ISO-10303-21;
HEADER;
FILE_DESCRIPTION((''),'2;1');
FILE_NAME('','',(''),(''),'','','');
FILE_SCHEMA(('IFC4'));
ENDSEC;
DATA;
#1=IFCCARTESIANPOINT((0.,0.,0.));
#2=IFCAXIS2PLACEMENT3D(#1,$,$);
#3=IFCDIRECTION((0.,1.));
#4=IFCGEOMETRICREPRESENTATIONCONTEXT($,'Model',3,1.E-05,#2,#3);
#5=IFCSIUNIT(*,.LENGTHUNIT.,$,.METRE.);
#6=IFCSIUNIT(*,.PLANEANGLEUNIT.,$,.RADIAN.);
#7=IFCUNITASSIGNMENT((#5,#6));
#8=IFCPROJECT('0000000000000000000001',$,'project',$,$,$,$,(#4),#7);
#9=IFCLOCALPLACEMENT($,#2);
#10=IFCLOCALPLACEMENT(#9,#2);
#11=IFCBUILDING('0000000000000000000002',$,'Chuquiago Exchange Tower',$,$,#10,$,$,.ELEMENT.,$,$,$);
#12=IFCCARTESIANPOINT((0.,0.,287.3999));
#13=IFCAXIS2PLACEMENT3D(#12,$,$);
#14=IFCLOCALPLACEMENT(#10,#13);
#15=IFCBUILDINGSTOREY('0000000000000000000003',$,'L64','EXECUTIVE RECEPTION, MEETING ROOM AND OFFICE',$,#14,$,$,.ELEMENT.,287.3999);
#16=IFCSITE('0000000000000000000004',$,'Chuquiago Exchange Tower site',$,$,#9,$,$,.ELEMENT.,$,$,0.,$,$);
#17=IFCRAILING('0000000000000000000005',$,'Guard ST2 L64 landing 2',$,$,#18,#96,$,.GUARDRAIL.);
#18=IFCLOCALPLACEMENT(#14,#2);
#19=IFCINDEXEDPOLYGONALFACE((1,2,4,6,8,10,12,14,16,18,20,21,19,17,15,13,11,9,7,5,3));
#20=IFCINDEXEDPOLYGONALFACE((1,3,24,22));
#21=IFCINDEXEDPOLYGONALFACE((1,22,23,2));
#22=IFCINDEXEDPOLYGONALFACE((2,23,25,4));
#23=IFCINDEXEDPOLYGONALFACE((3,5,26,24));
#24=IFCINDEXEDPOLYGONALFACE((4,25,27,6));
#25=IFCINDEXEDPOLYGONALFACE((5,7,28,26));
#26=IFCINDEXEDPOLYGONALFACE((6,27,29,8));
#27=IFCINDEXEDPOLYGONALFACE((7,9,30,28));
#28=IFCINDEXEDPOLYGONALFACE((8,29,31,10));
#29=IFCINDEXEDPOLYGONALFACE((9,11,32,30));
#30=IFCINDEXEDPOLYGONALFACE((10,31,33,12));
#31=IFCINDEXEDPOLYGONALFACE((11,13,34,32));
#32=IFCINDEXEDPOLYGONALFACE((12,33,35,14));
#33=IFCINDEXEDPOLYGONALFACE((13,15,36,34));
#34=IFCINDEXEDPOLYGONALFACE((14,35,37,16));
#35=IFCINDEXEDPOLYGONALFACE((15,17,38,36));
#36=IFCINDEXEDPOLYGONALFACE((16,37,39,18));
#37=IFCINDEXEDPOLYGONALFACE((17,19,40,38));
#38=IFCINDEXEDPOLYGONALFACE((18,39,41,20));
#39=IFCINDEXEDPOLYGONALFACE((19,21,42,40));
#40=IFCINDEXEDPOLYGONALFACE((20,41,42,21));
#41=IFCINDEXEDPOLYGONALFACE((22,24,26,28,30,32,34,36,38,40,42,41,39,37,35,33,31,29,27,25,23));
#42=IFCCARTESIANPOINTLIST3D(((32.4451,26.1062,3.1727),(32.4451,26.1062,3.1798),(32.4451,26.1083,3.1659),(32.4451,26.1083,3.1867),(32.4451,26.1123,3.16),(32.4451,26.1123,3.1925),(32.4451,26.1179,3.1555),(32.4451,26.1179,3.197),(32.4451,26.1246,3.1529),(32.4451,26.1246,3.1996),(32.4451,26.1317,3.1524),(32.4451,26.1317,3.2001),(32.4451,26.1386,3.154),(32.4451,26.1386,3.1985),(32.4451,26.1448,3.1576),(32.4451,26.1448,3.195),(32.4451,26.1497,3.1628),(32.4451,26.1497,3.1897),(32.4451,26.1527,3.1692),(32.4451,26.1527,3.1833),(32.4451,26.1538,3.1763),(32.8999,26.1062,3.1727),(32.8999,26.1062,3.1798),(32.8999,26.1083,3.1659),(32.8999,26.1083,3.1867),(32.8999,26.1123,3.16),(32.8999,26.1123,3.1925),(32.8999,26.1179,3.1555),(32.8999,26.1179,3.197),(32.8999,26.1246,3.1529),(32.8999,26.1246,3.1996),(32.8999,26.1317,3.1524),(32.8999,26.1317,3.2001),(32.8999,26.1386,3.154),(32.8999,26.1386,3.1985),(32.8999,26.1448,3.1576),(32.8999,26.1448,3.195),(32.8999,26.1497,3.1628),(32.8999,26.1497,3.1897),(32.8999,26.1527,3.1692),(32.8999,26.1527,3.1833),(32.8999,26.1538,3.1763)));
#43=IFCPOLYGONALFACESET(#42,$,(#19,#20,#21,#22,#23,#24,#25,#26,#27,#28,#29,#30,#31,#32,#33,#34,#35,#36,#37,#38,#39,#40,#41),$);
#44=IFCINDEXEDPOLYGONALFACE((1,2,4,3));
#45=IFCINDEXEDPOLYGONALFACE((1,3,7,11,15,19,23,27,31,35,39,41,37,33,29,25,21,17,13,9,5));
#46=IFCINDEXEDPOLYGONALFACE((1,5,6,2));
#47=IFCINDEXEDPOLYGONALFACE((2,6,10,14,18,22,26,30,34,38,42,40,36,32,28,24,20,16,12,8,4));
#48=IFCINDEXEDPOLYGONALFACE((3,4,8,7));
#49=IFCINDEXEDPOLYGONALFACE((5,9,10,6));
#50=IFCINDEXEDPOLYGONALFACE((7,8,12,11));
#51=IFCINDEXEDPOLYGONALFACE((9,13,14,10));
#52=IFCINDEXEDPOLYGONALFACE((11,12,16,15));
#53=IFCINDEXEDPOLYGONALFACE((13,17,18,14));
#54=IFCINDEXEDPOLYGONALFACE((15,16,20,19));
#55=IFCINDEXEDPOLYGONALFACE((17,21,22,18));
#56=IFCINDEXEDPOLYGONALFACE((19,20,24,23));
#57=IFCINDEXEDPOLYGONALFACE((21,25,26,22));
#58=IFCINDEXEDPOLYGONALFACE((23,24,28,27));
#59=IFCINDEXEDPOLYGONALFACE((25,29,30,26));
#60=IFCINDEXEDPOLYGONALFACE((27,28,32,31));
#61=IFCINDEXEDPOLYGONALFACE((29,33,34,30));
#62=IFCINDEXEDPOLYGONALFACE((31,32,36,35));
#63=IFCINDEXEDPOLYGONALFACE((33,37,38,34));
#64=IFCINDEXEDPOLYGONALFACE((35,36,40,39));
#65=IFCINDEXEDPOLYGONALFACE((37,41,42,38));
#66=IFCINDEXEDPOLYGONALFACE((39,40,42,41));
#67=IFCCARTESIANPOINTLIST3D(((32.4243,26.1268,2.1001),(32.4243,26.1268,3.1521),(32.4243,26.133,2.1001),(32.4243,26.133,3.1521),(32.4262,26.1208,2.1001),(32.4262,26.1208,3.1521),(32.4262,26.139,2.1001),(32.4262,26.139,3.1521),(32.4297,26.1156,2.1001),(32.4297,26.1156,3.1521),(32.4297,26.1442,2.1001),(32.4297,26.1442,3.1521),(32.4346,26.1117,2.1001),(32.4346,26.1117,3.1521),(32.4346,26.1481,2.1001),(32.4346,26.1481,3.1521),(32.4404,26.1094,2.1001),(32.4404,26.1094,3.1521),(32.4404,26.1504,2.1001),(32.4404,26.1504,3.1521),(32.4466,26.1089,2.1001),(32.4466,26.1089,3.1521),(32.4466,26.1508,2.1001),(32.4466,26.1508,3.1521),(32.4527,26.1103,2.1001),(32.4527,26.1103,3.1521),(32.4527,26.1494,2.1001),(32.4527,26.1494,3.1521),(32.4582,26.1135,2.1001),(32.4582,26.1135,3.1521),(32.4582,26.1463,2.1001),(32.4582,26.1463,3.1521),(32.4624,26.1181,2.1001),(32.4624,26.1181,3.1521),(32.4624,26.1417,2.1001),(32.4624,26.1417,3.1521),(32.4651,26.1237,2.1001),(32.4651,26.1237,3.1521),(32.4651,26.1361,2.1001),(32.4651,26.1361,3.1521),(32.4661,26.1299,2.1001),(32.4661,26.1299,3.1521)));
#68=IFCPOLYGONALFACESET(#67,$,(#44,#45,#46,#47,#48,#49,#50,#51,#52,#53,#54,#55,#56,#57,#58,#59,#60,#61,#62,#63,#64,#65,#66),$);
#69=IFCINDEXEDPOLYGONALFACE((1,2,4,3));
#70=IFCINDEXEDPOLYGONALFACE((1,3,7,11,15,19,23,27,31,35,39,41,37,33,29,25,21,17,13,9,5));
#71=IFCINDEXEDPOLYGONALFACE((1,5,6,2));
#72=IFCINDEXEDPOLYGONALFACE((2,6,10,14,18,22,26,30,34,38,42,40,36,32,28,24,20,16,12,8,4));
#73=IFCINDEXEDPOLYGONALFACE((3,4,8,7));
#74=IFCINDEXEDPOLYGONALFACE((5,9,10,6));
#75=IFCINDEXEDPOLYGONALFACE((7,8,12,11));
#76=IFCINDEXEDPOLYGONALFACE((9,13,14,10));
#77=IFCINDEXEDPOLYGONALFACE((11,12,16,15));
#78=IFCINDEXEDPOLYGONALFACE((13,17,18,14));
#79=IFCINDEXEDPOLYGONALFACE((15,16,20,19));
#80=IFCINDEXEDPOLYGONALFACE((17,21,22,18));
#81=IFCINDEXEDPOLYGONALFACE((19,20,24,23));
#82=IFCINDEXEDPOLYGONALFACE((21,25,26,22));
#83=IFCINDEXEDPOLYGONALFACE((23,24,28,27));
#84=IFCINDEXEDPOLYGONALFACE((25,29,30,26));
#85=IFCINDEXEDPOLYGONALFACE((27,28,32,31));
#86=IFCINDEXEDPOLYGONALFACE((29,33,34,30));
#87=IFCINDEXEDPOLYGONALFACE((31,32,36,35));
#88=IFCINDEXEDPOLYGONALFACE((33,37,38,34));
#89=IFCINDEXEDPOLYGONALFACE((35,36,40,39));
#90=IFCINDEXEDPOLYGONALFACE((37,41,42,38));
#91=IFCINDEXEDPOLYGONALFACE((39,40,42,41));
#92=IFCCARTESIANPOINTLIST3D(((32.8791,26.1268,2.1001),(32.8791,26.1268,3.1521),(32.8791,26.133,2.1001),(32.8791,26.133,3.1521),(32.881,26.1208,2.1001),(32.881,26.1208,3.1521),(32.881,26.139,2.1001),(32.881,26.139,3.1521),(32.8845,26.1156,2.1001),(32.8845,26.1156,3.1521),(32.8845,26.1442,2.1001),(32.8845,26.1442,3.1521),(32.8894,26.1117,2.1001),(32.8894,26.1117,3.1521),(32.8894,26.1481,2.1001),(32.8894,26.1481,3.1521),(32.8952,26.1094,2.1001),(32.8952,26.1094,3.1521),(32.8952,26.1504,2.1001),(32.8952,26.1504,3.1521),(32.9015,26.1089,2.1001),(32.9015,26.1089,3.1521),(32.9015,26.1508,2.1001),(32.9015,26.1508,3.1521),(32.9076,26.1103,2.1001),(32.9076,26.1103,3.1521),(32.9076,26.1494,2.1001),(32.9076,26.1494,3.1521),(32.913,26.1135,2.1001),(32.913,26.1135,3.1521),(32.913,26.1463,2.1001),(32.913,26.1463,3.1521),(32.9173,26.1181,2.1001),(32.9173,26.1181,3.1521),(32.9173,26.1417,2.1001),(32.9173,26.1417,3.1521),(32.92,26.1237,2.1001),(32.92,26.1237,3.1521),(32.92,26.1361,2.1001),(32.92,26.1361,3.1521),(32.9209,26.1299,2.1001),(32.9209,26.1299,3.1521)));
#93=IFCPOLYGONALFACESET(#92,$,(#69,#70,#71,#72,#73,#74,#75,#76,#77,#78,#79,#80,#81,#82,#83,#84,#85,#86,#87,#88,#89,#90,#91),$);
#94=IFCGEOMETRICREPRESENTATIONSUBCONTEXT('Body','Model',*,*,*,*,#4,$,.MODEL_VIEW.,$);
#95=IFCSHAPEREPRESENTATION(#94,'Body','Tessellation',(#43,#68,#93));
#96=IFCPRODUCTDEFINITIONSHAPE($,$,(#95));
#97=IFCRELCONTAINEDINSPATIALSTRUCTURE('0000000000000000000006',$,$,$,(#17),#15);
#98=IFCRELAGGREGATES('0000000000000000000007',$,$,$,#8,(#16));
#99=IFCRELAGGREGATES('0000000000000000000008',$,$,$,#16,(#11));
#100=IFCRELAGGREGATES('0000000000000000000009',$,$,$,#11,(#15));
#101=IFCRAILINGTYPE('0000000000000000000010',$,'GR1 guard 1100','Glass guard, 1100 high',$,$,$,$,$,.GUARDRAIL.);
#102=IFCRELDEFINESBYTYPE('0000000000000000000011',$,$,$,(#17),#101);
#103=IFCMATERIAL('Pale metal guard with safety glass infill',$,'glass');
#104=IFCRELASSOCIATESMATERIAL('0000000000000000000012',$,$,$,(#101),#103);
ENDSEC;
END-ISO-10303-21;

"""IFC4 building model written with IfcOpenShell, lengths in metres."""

from ifc_helpers import new_model, si_unit, direction, frame, origin, origin_2d, place, context, subcontext, project, spatial, circle, extrude, material, type_object, element, save


model = new_model("IFC4")

# Units and contexts
model_context = context("Model", 3, precision=1e-05, world=origin(), true_north=direction((0.0, 1.0)))
body_context = subcontext(model_context, "Body", "Model", "MODEL_VIEW")
ifc_project = project(units=[si_unit("LENGTHUNIT", "METRE"), si_unit("PLANEANGLEUNIT", "RADIAN")], contexts=[model_context])

# Site, building, storey
site_placement = place(None, origin())
site = spatial("IfcSite", under=ifc_project, at=site_placement, Name="Chuquiago Exchange Tower site", CompositionType="ELEMENT", RefElevation=0.0)
building_placement = place(site_placement, origin())
building = spatial("IfcBuilding", under=site, at=building_placement, Name="Chuquiago Exchange Tower", CompositionType="ELEMENT")
storey_placement = place(building_placement, frame((0.0, 0.0, 287.3999)))
storey = spatial("IfcBuildingStorey", under=building, at=storey_placement, Name="L64", Description="EXECUTIVE RECEPTION, MEETING ROOM AND OFFICE", CompositionType="ELEMENT", Elevation=287.3999)

# Railing
ifc_material_1 = material(Name="Pale metal guard with safety glass infill", Category="glass")
railing_type_1 = type_object("IfcRailingType", Name="GR1 guard 1100", Description="Glass guard, 1100 high", PredefinedType="GUARDRAIL", material=ifc_material_1)
railing_placement = place(storey_placement, frame((32.4451, 26.1299, 2.1001)))
element("IfcRailing", 1, at=railing_placement, inside=storey, type_object=railing_type_1, Name="Guard ST2 L64 landing 2", PredefinedType="GUARDRAIL", context=body_context, shape_type="SweptSolid", body=[
    extrude(circle(Radius=0.0239, at=origin_2d()), frame((0.0, 0.0, 1.0762), z_axis=(1.0, 0.0, 0.0), x_axis=(0.0, 1.0, 0.0)), (0.0, 0.0, 1.0), 0.4548),
    extrude(circle(Radius=0.021, at=origin_2d()), origin(), (0.0, 0.0, 1.0), 1.052),
    extrude(circle(Radius=0.021, at=origin_2d()), frame((0.4548, 0.0, 0.0)), (0.0, 0.0, 1.0), 1.052),
])

save(model, "model.ifc")
